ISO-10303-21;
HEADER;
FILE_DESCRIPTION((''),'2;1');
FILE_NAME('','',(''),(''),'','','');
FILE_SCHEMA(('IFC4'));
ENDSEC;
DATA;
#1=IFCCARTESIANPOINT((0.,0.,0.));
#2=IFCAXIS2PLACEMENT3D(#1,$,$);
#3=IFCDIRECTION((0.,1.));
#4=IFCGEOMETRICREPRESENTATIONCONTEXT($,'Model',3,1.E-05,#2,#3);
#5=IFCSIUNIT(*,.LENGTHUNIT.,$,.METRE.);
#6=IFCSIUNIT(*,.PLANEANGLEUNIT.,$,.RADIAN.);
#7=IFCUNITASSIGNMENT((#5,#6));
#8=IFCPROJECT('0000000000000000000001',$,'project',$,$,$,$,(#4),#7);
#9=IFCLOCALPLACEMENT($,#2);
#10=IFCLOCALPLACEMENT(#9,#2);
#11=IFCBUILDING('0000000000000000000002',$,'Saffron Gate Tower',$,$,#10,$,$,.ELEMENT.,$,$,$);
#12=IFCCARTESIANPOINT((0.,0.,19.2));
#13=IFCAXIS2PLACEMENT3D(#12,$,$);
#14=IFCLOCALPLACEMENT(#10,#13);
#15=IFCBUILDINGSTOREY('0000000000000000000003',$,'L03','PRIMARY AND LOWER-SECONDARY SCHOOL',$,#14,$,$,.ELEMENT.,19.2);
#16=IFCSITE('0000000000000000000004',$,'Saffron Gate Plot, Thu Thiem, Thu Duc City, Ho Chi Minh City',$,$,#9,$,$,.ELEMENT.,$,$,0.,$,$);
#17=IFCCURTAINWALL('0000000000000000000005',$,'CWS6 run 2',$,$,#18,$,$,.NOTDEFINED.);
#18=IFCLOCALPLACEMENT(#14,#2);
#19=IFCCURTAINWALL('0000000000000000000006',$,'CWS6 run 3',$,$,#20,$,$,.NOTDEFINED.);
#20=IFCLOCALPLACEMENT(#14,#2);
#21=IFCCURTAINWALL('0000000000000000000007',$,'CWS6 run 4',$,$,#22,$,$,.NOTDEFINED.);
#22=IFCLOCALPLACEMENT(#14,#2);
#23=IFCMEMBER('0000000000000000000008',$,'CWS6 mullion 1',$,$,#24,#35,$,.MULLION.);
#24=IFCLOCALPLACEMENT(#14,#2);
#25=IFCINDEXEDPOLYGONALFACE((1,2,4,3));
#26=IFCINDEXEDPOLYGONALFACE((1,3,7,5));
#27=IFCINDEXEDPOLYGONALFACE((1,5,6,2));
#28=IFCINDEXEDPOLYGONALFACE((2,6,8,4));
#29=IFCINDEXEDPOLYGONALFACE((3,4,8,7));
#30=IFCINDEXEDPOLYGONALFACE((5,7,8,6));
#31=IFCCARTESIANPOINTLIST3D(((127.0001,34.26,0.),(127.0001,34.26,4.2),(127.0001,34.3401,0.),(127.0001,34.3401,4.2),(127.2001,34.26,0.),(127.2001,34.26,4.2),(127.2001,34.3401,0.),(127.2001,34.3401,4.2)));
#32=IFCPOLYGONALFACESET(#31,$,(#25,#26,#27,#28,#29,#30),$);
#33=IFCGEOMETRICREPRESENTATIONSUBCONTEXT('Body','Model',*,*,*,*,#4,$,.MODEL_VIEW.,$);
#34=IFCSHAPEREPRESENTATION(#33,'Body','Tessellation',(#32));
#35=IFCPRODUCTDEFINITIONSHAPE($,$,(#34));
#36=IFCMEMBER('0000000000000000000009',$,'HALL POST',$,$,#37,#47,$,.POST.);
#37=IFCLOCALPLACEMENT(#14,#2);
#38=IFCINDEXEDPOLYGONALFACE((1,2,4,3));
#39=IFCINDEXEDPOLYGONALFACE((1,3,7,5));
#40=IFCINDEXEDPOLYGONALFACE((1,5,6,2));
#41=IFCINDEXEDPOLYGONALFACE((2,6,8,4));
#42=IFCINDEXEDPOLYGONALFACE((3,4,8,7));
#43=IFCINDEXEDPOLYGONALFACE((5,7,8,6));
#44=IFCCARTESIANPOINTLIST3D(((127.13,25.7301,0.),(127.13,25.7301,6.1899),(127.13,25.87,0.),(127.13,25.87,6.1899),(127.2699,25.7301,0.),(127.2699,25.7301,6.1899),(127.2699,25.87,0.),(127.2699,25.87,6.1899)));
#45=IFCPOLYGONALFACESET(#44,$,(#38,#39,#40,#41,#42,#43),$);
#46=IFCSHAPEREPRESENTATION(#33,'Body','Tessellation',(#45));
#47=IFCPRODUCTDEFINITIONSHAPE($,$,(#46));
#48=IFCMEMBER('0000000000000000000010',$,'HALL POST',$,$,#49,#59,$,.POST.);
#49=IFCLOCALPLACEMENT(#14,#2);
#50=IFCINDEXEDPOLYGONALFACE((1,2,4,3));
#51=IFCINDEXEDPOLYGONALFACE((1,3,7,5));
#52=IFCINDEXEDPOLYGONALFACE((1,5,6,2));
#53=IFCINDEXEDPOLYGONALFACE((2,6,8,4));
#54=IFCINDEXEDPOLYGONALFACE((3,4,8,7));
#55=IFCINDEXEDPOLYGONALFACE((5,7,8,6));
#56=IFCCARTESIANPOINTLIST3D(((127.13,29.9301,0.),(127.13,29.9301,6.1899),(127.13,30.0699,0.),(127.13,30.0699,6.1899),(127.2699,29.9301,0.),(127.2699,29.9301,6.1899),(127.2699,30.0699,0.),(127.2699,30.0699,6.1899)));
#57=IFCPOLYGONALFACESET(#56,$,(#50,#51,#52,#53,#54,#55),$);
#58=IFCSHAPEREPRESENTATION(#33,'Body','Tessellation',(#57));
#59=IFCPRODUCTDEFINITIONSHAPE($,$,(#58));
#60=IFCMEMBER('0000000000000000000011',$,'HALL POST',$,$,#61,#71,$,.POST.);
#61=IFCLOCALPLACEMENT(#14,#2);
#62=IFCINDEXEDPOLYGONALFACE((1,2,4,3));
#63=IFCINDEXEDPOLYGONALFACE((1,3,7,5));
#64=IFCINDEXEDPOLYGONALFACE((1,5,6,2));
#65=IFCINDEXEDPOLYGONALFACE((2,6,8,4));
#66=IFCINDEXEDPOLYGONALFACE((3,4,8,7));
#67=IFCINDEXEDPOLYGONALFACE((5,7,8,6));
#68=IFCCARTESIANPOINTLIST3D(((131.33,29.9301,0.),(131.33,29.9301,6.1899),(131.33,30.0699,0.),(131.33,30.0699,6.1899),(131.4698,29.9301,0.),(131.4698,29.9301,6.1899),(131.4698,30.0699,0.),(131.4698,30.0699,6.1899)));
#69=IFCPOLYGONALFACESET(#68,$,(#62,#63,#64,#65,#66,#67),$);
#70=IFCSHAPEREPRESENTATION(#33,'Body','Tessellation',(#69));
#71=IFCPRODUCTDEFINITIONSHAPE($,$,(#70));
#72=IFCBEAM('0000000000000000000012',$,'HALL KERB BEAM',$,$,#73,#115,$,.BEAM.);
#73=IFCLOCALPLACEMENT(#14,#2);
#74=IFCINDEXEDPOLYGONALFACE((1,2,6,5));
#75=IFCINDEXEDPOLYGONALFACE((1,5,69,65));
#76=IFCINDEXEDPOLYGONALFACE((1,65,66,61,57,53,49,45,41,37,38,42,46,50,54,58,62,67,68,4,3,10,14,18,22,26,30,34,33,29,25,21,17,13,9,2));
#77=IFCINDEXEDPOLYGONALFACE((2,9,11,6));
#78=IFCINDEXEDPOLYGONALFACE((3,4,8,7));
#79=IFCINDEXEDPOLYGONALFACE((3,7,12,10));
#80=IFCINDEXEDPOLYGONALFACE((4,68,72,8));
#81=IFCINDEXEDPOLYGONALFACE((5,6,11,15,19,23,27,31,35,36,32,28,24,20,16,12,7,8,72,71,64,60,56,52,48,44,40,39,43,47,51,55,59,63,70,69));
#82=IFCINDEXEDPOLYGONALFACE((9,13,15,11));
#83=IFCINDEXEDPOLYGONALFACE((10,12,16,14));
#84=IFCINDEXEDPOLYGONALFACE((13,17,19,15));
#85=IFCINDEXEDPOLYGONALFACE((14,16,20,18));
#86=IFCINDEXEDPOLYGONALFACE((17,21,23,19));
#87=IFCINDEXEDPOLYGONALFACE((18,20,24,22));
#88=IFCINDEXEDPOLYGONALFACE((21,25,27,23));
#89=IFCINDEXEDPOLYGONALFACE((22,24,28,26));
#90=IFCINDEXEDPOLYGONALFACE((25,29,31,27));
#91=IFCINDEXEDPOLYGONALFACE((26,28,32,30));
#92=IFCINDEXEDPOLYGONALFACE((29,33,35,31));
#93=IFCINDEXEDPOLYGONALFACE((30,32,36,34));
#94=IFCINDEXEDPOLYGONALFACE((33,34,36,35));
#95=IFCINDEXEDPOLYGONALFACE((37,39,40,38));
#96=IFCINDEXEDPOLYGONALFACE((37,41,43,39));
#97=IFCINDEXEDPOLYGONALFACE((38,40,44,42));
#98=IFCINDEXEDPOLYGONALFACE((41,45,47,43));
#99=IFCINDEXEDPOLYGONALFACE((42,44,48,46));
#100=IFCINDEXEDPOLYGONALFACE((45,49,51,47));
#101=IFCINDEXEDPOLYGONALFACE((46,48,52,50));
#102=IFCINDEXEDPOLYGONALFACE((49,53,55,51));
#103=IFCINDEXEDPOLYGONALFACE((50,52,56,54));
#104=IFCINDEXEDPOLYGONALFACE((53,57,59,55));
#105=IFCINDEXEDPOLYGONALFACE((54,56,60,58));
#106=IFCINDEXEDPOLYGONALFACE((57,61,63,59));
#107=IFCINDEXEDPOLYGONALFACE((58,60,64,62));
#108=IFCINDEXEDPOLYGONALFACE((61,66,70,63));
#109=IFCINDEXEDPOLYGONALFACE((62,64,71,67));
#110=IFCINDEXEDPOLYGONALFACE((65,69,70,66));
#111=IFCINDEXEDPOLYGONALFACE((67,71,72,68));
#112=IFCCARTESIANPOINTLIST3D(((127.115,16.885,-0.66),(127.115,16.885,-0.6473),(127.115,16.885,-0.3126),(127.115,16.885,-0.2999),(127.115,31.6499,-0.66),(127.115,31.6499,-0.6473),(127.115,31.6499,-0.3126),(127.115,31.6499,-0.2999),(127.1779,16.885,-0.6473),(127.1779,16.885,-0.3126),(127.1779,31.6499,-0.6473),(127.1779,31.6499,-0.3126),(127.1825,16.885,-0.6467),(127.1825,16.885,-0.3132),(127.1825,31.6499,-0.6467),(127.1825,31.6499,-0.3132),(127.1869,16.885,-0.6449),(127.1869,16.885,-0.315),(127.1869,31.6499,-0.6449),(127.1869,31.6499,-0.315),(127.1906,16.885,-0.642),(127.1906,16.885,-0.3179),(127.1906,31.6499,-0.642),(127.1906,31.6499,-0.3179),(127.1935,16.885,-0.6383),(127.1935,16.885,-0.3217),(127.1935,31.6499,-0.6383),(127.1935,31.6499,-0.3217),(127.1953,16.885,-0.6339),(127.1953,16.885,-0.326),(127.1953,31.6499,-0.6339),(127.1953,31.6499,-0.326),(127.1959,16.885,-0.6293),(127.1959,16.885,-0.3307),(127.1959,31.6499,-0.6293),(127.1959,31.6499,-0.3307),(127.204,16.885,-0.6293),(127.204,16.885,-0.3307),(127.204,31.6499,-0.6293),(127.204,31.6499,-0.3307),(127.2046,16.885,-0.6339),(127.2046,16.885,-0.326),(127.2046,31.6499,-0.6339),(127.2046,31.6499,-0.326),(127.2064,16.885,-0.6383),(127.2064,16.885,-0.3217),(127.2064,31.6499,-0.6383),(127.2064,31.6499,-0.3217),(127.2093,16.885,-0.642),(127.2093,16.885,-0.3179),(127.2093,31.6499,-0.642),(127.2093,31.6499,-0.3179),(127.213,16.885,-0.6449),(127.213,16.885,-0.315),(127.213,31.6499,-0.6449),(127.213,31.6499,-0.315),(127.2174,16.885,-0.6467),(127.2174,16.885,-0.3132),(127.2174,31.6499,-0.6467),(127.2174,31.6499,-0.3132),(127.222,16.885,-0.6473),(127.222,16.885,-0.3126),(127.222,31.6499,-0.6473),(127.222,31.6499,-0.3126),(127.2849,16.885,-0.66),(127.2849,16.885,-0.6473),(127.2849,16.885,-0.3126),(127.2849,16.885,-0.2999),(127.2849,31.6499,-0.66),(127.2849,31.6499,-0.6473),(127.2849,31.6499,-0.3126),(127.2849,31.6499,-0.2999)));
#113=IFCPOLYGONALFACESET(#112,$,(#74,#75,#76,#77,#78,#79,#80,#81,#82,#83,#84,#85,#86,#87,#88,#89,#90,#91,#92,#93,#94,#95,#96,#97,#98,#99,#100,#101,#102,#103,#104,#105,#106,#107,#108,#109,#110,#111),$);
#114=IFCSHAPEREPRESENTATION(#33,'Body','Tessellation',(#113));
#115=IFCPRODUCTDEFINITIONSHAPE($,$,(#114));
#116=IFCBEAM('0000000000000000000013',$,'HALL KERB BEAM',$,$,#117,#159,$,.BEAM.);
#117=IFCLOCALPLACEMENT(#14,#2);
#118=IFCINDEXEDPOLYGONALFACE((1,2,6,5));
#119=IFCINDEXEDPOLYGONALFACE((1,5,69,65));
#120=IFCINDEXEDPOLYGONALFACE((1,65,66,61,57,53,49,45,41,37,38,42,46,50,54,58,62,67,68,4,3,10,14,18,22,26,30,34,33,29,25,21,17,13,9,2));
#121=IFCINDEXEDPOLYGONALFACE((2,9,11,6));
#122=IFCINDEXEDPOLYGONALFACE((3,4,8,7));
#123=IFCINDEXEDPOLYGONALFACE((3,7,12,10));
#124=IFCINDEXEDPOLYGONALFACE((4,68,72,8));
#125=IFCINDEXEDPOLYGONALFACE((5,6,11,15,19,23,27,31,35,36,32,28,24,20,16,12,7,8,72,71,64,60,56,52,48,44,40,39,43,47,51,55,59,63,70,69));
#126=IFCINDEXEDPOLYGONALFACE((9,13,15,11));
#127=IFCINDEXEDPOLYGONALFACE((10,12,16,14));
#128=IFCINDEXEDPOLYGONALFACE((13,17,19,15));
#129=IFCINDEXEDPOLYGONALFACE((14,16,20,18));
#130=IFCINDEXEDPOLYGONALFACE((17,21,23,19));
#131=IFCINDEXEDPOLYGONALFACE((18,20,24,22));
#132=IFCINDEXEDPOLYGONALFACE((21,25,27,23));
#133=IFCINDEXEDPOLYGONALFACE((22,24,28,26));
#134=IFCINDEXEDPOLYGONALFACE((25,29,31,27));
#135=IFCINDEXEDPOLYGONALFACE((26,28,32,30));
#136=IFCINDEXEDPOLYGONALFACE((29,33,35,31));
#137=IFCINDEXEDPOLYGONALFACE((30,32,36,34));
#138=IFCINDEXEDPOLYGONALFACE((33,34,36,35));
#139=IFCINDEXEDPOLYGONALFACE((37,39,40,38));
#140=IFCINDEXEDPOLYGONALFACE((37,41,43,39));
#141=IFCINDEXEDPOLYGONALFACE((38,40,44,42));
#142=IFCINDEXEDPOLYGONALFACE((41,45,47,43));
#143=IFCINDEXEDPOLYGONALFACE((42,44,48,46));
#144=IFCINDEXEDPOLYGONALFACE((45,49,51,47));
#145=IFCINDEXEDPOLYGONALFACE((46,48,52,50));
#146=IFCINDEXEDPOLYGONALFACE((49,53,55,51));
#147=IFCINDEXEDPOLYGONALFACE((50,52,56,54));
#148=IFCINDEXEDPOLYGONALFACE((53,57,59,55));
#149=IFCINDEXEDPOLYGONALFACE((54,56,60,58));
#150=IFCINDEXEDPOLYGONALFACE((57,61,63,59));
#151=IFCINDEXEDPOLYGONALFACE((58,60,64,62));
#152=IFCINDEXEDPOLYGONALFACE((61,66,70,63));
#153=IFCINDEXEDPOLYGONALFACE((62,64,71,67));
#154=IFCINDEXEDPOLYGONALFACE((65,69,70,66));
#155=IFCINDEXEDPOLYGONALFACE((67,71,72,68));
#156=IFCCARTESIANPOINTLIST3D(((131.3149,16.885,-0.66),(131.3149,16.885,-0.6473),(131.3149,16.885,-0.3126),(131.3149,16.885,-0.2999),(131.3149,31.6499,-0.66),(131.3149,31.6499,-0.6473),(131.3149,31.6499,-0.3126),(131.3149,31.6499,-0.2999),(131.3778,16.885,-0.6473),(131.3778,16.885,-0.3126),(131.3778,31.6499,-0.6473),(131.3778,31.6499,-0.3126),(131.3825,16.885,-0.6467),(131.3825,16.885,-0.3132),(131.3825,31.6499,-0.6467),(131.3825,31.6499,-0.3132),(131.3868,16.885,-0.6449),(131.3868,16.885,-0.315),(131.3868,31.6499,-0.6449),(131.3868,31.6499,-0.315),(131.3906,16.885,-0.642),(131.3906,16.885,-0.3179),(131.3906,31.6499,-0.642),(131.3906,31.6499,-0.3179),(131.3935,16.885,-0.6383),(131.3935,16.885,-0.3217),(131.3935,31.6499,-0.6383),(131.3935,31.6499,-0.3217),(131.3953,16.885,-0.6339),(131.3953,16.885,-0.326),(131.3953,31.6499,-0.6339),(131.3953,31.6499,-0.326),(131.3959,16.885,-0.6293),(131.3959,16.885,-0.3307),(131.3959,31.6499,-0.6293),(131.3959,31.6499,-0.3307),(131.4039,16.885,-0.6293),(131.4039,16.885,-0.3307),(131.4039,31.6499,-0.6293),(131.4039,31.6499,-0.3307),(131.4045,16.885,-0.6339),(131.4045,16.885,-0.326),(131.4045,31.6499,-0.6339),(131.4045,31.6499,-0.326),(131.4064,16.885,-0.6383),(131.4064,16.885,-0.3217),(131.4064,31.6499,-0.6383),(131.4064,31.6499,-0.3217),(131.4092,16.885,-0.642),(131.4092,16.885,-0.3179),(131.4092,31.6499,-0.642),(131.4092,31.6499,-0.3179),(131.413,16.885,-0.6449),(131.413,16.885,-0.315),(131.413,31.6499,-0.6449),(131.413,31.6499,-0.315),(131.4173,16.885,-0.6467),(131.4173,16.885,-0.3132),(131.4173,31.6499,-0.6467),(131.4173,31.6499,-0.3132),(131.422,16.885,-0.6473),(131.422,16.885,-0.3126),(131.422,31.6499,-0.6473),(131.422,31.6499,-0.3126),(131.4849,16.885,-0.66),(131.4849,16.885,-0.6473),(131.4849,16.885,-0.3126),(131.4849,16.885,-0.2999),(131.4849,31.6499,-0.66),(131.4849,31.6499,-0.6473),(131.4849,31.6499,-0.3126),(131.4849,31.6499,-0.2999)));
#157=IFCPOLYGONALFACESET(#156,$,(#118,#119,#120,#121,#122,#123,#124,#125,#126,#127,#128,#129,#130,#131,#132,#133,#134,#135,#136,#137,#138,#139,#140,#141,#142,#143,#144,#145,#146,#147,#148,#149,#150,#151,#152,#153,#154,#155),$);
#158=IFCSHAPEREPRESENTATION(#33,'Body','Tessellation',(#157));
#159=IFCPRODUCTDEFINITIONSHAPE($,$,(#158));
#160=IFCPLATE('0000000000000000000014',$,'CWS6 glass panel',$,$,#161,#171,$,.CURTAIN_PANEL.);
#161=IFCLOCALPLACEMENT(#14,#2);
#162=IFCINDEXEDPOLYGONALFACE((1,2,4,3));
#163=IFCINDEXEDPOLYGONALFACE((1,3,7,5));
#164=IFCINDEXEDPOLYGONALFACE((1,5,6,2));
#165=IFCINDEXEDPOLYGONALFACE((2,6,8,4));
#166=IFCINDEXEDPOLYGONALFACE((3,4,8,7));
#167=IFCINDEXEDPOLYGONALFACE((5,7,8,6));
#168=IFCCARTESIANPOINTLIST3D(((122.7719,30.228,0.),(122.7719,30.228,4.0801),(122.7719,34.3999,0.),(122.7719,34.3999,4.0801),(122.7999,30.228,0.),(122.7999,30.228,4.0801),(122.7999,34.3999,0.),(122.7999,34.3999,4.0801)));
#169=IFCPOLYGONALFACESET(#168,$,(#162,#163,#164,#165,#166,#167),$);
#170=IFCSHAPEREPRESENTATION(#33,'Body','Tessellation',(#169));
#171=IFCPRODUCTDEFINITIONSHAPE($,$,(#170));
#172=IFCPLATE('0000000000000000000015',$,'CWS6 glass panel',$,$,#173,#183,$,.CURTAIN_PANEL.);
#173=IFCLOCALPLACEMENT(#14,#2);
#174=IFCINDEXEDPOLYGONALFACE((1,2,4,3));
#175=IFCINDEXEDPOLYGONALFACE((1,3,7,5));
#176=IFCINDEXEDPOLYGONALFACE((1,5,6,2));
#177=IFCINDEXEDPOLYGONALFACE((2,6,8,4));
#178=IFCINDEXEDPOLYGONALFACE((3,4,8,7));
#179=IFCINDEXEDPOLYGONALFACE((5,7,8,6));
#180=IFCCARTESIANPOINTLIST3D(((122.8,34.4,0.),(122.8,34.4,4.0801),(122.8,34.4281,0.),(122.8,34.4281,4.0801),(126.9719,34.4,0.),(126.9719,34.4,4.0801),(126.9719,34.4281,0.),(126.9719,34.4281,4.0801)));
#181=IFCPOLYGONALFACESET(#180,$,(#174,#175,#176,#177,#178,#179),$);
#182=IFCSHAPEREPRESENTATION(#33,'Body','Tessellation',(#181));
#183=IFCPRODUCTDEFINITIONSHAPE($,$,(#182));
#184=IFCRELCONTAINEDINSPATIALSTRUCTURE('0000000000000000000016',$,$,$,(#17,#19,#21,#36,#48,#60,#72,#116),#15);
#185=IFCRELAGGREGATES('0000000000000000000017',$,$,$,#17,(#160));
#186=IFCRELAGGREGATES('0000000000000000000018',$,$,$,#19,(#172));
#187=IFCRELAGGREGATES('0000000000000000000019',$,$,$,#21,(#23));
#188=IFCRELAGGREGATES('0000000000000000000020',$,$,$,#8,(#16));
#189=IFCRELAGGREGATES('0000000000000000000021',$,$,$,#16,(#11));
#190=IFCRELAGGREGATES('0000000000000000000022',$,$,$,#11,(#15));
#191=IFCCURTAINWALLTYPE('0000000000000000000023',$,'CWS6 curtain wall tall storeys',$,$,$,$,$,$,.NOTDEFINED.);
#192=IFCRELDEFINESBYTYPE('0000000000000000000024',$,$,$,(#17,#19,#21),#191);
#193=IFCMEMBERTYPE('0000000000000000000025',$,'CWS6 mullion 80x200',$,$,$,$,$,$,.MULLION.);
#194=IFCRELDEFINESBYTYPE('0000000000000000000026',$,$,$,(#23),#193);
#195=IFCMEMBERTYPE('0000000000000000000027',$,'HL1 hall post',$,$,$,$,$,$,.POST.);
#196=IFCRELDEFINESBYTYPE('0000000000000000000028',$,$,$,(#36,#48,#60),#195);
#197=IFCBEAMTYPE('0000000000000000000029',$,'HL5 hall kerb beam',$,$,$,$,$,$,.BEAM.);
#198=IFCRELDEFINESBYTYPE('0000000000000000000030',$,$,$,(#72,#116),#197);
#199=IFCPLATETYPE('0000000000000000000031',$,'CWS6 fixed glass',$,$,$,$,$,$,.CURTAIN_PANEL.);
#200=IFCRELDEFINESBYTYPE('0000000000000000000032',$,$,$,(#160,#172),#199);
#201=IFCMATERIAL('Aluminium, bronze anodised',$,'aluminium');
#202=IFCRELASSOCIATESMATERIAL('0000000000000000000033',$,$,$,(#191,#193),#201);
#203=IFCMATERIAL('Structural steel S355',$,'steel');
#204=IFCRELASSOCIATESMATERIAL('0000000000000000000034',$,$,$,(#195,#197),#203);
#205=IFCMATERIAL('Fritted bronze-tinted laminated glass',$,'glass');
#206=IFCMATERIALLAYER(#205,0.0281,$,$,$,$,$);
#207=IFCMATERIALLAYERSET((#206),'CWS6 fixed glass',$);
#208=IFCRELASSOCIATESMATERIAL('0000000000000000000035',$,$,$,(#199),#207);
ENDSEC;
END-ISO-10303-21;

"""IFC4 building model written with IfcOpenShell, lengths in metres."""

from ifc_helpers import new_model, si_unit, direction, frame, frame_2d, origin, origin_2d, place, context, subcontext, project, spatial, rectangle, i_section, extrude, material, layer, layer_set, material_profile, profile_set, type_object, element, aggregate, save


model = new_model("IFC4")

# Units and contexts
model_context = context("Model", 3, precision=1e-05, world=origin(), true_north=direction((0.0, 1.0)))
body_context = subcontext(model_context, "Body", "Model", "MODEL_VIEW")
ifc_project = project(units=[si_unit("LENGTHUNIT", "METRE"), si_unit("PLANEANGLEUNIT", "RADIAN")], contexts=[model_context])

# Site, building, storey
site_placement = place(None, origin())
site = spatial("IfcSite", under=ifc_project, at=site_placement, Name="Saffron Gate Plot, Thu Thiem, Thu Duc City, Ho Chi Minh City", CompositionType="ELEMENT", RefElevation=0.0)
building_placement = place(site_placement, origin())
building = spatial("IfcBuilding", under=site, at=building_placement, Name="Saffron Gate Tower", CompositionType="ELEMENT")
storey_placement = place(building_placement, frame((0.0, 0.0, 19.2)))
storey = spatial("IfcBuildingStorey", under=building, at=storey_placement, Name="L03", Description="PRIMARY AND LOWER-SECONDARY SCHOOL", CompositionType="ELEMENT", Elevation=19.2)

# Shared definitions
ifc_material_1 = material(Name="Structural steel S355", Category="steel")

# Curtain walls
ifc_material_2 = material(Name="Aluminium, bronze anodised", Category="aluminium")
curtain_wall_type = type_object("IfcCurtainWallType", Name="CWS6 curtain wall tall storeys", PredefinedType="NOTDEFINED", material=ifc_material_2)
curtain_wall_1_placement = place(storey_placement, origin())
curtain_wall_1 = element("IfcCurtainWall", 1, at=curtain_wall_1_placement, inside=storey, type_object=curtain_wall_type, Name="CWS6 run 2", PredefinedType="NOTDEFINED")
ifc_material_profile_1 = material_profile(ifc_material_2, rectangle(XDim=0.2, YDim=0.0801, at=origin_2d()))
ifc_profile_set_1 = profile_set([ifc_material_profile_1], Name="Aluminium, bronze anodised")
member_type_1 = type_object("IfcMemberType", Name="CWS6 mullion 80x200", PredefinedType="MULLION", material=ifc_profile_set_1)
curtain_wall_2_placement = place(storey_placement, origin())
curtain_wall_2 = element("IfcCurtainWall", 2, at=curtain_wall_2_placement, inside=storey, type_object=curtain_wall_type, Name="CWS6 run 3", PredefinedType="NOTDEFINED")

# Curtain wall, member
curtain_wall_3_placement = place(storey_placement, origin())
curtain_wall_3 = element("IfcCurtainWall", 3, at=curtain_wall_3_placement, inside=storey, type_object=curtain_wall_type, Name="CWS6 run 4", PredefinedType="NOTDEFINED")
member_1_placement = place(storey_placement, frame((127.1001, 34.3, 0.0), z_axis=(0.0, 0.0, 1.0), x_axis=(-1.0, 0.0, 0.0)))
member_1 = element("IfcMember", 4, at=member_1_placement, type_object=member_type_1, Name="CWS6 mullion 1", PredefinedType="MULLION", context=body_context, shape_type="SweptSolid", body=[
    extrude(rectangle(XDim=0.2, YDim=0.0801, at=origin_2d()), origin(), (0.0, 0.0, 1.0), 4.2),
])

# Members
ifc_material_profile_2 = material_profile(ifc_material_1, rectangle(XDim=0.1399, YDim=0.1399, at=origin_2d()))
ifc_profile_set_2 = profile_set([ifc_material_profile_2], Name="Structural steel S355")
member_type_2 = type_object("IfcMemberType", Name="HL1 hall post", PredefinedType="POST", material=ifc_profile_set_2)
for number, where, z_axis, x_axis, name in (
    (5, (127.2, 25.8, 0.0), (0.0, 0.0, 1.0), (1.0, 0.0, 0.0), "HALL POST"),
    (6, (127.2, 30.0, 0.0), (0.0, 0.0, 1.0), (1.0, 0.0, 0.0), "HALL POST"),
    (7, (131.3999, 30.0, 0.0), (0.0, 0.0, 1.0), (1.0, 0.0, 0.0), "HALL POST"),
):
    element("IfcMember", number, at=place(storey_placement, frame(where, z_axis=z_axis, x_axis=x_axis)), inside=storey, type_object=member_type_2, Name=name, PredefinedType="POST", context=body_context, shape_type="SweptSolid", body=[
        extrude(rectangle(XDim=0.1399, YDim=0.1399, at=origin_2d()), origin(), (0.0, 0.0, 1.0), 6.1899),
    ])

# Beams
ifc_material_profile_3 = material_profile(ifc_material_1, i_section(OverallWidth=0.1699, OverallDepth=0.3601, WebThickness=0.0081, FlangeThickness=0.0127, FilletRadius=0.0181, at=origin_2d()))
ifc_profile_set_3 = profile_set([ifc_material_profile_3], Name="Structural steel S355")
beam_type_1 = type_object("IfcBeamType", Name="HL5 hall kerb beam", PredefinedType="BEAM", material=ifc_profile_set_3)
for number, where, z_axis, x_axis, name in (
    (8, (127.2, 16.885, -0.48), (0.0, 1.0, 0.0), (-1.0, 0.0, 0.0), "HALL KERB BEAM"),
    (9, (131.3999, 16.885, -0.48), (0.0, 1.0, 0.0), (-1.0, 0.0, 0.0), "HALL KERB BEAM"),
):
    element("IfcBeam", number, at=place(storey_placement, frame(where, z_axis=z_axis, x_axis=x_axis)), inside=storey, type_object=beam_type_1, Name=name, PredefinedType="BEAM", context=body_context, shape_type="SweptSolid", body=[
        extrude(i_section(OverallWidth=0.1699, OverallDepth=0.3601, WebThickness=0.0081, FlangeThickness=0.0127, FilletRadius=0.0181, at=origin_2d()), origin(), (0.0, 0.0, 1.0), 14.7649),
    ])

# Plates
ifc_material_3 = material(Name="Fritted bronze-tinted laminated glass", Category="glass")
ifc_layer_1 = layer(ifc_material_3, 0.0281)
ifc_layer_set_1 = layer_set([ifc_layer_1], Name="CWS6 fixed glass")
plate_type_1 = type_object("IfcPlateType", Name="CWS6 fixed glass", PredefinedType="CURTAIN_PANEL", material=ifc_layer_set_1)
plate_1_placement = place(storey_placement, frame((122.7859, 30.228, 0.0), z_axis=(0.0, 0.0, 1.0), x_axis=(0.0, 1.0, 0.0)))
plate_1 = element("IfcPlate", 10, at=plate_1_placement, type_object=plate_type_1, Name="CWS6 glass panel", PredefinedType="CURTAIN_PANEL", context=body_context, shape_type="SweptSolid", body=[
    extrude(rectangle(XDim=4.1719, YDim=0.0281, at=frame_2d((2.0859, 0.0))), origin(), (0.0, 0.0, 1.0), 4.0801),
])
aggregate(curtain_wall_1, [plate_1])
plate_2_placement = place(storey_placement, frame((122.8, 34.4141, 0.0), z_axis=(0.0, 0.0, 1.0), x_axis=(1.0, 0.0, 0.0)))
plate_2 = element("IfcPlate", 11, at=plate_2_placement, type_object=plate_type_1, Name="CWS6 glass panel", PredefinedType="CURTAIN_PANEL", context=body_context, shape_type="SweptSolid", body=[
    extrude(rectangle(XDim=4.1719, YDim=0.0281, at=frame_2d((2.0859, 0.0))), origin(), (0.0, 0.0, 1.0), 4.0801),
])
aggregate(curtain_wall_2, [plate_2])

aggregate(curtain_wall_3, [member_1])

save(model, "model.ifc")
